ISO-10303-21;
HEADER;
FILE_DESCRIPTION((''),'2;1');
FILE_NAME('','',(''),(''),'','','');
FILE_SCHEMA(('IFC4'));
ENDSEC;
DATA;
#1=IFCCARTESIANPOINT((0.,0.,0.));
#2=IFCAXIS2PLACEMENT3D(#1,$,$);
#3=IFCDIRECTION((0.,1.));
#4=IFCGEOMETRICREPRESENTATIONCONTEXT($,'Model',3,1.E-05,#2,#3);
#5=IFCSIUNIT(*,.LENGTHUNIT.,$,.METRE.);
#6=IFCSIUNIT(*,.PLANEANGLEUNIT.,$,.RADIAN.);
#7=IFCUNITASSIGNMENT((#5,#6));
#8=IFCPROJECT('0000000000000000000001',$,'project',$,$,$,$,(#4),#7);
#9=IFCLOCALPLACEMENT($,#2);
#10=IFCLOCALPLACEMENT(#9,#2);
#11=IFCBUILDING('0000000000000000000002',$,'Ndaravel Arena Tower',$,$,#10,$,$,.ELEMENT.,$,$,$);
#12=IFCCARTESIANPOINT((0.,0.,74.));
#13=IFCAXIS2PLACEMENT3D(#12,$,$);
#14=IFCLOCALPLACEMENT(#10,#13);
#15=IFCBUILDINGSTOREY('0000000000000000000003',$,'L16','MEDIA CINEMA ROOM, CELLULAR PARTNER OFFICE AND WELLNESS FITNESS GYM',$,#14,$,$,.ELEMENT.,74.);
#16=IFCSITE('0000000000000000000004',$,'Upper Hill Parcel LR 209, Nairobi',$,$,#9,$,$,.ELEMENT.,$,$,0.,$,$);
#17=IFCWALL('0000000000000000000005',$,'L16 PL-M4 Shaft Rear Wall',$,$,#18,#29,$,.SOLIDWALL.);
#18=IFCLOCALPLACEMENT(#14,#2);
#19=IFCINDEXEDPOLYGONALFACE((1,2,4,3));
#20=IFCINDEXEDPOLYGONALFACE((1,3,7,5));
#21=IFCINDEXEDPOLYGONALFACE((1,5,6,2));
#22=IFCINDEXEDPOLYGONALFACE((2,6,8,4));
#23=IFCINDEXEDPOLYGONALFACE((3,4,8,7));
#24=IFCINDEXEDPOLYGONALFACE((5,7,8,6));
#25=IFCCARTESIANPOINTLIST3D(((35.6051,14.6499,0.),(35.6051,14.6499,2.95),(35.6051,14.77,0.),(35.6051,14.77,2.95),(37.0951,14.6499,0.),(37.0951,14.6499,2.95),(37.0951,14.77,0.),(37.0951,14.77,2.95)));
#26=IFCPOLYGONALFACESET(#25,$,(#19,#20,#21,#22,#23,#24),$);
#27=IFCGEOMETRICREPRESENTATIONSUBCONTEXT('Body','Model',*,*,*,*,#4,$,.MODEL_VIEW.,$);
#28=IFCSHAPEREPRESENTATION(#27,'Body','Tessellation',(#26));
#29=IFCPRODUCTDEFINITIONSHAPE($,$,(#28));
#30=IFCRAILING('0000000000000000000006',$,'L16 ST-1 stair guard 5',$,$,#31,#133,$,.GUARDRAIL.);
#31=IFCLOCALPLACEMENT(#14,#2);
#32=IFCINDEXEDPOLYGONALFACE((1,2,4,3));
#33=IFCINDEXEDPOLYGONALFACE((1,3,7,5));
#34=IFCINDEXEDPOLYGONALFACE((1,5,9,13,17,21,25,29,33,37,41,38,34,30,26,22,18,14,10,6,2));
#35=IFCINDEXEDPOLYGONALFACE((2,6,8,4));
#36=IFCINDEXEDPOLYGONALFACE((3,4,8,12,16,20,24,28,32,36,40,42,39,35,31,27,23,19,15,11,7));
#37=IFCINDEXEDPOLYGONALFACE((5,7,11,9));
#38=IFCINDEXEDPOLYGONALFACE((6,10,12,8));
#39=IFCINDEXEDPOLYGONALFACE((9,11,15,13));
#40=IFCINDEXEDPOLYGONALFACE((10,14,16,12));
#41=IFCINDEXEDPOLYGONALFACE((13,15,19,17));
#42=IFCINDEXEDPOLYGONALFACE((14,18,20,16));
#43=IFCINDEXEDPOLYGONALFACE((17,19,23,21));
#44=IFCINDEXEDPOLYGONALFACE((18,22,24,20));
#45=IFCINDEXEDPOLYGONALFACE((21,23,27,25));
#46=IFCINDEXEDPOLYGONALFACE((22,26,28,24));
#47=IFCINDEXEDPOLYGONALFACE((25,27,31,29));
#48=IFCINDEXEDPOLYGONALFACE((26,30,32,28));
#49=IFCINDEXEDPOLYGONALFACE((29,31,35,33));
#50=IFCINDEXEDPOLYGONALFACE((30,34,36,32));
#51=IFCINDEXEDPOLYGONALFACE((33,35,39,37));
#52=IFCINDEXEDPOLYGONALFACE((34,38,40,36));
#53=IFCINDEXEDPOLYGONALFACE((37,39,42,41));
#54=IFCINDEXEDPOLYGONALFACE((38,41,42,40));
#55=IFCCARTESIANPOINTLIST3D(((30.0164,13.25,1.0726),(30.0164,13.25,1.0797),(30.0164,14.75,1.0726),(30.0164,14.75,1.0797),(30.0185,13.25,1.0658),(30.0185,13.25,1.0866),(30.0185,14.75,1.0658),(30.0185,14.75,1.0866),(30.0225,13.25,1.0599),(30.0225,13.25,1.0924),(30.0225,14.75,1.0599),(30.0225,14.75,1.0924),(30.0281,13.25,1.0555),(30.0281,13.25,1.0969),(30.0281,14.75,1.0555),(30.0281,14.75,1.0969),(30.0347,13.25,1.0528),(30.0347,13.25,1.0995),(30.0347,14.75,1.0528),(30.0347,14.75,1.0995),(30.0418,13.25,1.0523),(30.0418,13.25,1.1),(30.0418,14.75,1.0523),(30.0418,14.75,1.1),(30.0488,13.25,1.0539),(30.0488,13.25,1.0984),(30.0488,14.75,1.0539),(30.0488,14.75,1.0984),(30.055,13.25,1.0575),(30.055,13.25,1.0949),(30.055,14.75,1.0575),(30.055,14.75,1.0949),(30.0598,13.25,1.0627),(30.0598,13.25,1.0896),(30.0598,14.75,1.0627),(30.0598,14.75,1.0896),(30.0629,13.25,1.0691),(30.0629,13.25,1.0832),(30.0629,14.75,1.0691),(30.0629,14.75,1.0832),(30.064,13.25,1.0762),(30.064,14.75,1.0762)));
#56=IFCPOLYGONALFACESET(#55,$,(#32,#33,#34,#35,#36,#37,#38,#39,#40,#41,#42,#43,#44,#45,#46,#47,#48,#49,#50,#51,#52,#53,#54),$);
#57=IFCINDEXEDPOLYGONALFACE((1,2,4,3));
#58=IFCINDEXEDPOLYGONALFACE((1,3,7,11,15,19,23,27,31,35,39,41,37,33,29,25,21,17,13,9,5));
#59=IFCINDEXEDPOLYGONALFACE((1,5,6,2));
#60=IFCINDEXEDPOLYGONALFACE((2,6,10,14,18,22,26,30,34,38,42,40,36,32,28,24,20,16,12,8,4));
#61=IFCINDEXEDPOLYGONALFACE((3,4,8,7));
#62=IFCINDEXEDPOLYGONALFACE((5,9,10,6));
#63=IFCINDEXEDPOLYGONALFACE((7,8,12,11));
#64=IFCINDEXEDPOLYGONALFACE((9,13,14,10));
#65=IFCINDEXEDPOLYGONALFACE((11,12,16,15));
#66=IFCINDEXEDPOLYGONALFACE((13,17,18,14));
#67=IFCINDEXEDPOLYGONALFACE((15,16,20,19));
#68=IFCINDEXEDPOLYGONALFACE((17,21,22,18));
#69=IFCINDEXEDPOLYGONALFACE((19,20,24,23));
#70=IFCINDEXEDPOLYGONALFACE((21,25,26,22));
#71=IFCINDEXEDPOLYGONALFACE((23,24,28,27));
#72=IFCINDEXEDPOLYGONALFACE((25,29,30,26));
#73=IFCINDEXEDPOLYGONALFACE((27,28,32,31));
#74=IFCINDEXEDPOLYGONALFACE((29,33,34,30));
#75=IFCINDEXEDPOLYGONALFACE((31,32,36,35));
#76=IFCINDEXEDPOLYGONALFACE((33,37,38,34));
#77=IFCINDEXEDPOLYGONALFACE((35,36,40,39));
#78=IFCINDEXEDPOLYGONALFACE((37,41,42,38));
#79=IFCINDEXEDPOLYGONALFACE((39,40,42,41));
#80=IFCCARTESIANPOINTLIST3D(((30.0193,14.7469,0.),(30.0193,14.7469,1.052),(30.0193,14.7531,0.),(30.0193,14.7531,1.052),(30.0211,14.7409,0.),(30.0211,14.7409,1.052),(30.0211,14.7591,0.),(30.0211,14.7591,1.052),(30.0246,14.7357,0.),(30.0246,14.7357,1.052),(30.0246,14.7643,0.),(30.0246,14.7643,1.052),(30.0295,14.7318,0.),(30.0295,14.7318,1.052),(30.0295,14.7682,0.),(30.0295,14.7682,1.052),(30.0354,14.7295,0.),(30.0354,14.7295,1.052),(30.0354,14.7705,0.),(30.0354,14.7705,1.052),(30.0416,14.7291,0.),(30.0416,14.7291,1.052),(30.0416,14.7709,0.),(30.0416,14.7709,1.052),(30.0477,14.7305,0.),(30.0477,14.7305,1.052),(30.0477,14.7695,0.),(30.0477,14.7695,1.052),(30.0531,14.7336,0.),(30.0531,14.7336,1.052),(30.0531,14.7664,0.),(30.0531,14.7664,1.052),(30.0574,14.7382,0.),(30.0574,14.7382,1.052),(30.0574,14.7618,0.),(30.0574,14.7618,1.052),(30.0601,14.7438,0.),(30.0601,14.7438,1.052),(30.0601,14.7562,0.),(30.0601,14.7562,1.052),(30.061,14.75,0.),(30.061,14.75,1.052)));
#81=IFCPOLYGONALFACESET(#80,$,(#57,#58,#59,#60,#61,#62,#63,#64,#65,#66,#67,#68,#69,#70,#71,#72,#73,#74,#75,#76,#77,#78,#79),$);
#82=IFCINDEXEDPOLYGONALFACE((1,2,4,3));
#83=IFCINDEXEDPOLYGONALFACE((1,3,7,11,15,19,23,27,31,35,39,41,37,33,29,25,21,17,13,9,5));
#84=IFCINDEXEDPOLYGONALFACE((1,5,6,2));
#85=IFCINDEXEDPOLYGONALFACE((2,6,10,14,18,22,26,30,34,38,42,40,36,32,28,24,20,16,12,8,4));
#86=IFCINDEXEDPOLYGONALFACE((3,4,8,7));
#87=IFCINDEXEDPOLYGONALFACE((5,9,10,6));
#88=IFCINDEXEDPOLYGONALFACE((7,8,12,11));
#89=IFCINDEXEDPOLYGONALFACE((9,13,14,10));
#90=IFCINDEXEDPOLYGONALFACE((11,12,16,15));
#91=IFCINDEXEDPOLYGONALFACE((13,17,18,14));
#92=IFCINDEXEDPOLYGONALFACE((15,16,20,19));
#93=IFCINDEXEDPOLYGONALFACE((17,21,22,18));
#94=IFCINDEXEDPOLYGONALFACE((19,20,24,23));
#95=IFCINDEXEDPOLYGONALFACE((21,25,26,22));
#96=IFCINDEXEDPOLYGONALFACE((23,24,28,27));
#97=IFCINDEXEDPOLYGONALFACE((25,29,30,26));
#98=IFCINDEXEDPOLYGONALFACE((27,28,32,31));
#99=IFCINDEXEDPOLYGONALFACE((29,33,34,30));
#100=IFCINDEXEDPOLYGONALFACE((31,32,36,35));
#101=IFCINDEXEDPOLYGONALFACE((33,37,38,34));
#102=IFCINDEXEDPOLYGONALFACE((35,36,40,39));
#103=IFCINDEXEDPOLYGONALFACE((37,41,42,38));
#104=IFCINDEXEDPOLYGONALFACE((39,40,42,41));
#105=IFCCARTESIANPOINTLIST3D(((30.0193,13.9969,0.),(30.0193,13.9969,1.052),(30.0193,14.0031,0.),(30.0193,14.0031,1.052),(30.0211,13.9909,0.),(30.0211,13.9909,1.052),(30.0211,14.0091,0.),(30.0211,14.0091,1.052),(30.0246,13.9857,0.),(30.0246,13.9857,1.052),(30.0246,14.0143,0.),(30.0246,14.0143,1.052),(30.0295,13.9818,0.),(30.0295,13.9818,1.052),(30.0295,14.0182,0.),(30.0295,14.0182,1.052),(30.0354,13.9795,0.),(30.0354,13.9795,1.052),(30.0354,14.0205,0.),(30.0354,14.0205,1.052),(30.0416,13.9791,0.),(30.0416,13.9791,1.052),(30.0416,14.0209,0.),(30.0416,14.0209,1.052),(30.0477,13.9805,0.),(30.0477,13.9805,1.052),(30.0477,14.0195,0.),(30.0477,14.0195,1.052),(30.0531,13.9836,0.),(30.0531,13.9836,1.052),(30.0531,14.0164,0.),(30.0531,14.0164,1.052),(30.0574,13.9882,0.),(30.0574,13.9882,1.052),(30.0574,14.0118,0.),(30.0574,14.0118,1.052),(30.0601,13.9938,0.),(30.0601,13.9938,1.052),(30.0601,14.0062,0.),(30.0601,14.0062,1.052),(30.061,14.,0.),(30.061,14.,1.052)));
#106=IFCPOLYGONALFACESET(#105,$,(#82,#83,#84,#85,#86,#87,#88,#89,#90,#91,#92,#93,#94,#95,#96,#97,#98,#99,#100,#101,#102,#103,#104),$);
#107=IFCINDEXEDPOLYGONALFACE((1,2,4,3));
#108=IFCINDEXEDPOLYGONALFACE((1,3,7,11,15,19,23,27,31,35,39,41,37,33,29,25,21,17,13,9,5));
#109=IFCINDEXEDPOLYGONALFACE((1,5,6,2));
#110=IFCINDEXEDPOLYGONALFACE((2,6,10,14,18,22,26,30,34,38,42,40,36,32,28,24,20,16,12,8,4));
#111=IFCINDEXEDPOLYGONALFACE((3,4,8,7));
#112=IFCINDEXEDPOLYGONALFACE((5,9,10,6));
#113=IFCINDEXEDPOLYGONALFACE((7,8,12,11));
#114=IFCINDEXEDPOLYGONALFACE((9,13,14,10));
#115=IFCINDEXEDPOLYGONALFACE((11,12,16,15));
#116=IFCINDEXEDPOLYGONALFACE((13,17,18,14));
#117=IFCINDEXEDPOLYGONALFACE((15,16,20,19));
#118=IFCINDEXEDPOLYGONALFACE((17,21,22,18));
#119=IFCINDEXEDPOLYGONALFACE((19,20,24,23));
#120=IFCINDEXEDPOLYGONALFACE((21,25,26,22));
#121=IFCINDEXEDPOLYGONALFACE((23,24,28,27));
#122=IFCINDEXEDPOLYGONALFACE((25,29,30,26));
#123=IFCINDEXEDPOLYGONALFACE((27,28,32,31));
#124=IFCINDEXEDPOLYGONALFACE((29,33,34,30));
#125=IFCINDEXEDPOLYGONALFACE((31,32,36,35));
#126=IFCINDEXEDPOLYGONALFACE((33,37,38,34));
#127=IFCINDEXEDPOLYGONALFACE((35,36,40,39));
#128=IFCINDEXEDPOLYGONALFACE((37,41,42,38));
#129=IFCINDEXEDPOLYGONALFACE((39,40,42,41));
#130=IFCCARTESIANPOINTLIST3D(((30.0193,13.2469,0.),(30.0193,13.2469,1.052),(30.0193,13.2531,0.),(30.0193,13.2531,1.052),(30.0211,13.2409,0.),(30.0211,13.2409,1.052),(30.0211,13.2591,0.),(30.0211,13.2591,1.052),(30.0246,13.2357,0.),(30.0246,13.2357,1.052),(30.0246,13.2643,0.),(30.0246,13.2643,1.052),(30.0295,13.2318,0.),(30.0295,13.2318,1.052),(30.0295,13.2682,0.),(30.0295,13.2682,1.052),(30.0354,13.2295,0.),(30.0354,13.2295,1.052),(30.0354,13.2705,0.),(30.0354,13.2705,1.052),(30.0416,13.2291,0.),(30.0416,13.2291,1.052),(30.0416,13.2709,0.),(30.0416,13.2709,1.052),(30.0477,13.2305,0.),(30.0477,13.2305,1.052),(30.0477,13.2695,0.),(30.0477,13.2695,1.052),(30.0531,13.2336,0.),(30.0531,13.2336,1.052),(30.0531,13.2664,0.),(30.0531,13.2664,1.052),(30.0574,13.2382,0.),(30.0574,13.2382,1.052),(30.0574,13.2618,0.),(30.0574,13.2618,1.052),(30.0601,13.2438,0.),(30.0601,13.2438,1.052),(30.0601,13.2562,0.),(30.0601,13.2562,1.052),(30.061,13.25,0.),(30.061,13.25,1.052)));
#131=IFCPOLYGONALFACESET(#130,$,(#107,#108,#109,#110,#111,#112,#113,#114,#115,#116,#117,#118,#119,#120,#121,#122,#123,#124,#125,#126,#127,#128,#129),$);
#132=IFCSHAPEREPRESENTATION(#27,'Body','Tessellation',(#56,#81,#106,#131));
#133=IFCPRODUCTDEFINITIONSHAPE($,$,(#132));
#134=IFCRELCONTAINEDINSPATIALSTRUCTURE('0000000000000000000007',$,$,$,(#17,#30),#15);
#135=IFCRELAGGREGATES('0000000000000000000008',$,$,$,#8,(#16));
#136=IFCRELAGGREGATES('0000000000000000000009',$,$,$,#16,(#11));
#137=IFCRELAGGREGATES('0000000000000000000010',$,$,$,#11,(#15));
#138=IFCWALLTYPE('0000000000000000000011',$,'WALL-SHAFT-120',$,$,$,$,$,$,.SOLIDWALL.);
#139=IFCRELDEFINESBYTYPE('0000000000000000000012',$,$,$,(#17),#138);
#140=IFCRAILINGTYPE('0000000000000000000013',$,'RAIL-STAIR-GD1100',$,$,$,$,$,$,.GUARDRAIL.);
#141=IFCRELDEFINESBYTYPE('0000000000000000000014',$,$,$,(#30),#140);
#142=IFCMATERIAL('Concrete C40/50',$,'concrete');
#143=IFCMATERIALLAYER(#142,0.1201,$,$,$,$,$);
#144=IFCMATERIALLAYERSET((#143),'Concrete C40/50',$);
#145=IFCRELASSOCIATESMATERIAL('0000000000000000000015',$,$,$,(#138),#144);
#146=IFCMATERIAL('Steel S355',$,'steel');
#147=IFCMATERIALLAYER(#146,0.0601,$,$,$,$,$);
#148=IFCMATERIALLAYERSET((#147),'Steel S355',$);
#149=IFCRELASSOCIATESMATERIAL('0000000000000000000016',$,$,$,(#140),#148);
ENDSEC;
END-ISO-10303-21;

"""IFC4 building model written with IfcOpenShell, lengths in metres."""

from ifc_helpers import new_model, si_unit, direction, frame, frame_2d, origin, origin_2d, place, context, subcontext, project, spatial, rectangle, circle, extrude, material, layer, layer_set, type_object, element, save


model = new_model("IFC4")

# Units and contexts
model_context = context("Model", 3, precision=1e-05, world=origin(), true_north=direction((0.0, 1.0)))
body_context = subcontext(model_context, "Body", "Model", "MODEL_VIEW")
ifc_project = project(units=[si_unit("LENGTHUNIT", "METRE"), si_unit("PLANEANGLEUNIT", "RADIAN")], contexts=[model_context])

# Site, building, storey
site_placement = place(None, origin())
site = spatial("IfcSite", under=ifc_project, at=site_placement, Name="Upper Hill Parcel LR 209, Nairobi", CompositionType="ELEMENT", RefElevation=0.0)
building_placement = place(site_placement, origin())
building = spatial("IfcBuilding", under=site, at=building_placement, Name="Ndaravel Arena Tower", CompositionType="ELEMENT")
storey_placement = place(building_placement, frame((0.0, 0.0, 74.0)))
storey = spatial("IfcBuildingStorey", under=building, at=storey_placement, Name="L16", Description="MEDIA CINEMA ROOM, CELLULAR PARTNER OFFICE AND WELLNESS FITNESS GYM", CompositionType="ELEMENT", Elevation=74.0)

# Wall
ifc_material_1 = material(Name="Concrete C40/50", Category="concrete")
ifc_layer_1 = layer(ifc_material_1, 0.1201)
ifc_layer_set_1 = layer_set([ifc_layer_1], Name="Concrete C40/50")
wall_type_1 = type_object("IfcWallType", Name="WALL-SHAFT-120", PredefinedType="SOLIDWALL", material=ifc_layer_set_1)
wall_1_placement = place(storey_placement, frame((35.605, 14.71, 0.0), z_axis=(0.0, 0.0, 1.0), x_axis=(1.0, 0.0, 0.0)))
element("IfcWall", 1, at=wall_1_placement, inside=storey, type_object=wall_type_1, Name="L16 PL-M4 Shaft Rear Wall", PredefinedType="SOLIDWALL", context=body_context, shape_type="SweptSolid", body=[
    extrude(rectangle(XDim=1.49, YDim=0.1201, at=frame_2d((0.7451, 0.0))), origin(), (0.0, 0.0, 1.0), 2.95),
])

# Railing
ifc_material_2 = material(Name="Steel S355", Category="steel")
ifc_layer_2 = layer(ifc_material_2, 0.0601)
ifc_layer_set_2 = layer_set([ifc_layer_2], Name="Steel S355")
railing_type = type_object("IfcRailingType", Name="RAIL-STAIR-GD1100", PredefinedType="GUARDRAIL", material=ifc_layer_set_2)
railing_placement = place(storey_placement, frame((30.04, 14.75, 0.0)))
element("IfcRailing", 2, at=railing_placement, inside=storey, type_object=railing_type, Name="L16 ST-1 stair guard 5", PredefinedType="GUARDRAIL", context=body_context, shape_type="SweptSolid", body=[
    extrude(circle(Radius=0.0239, at=origin_2d()), frame((0.0, 0.0, 1.0762), z_axis=(0.0, -1.0, 0.0), x_axis=(1.0, 0.0, 0.0)), (0.0, 0.0, 1.0), 1.5),
    extrude(circle(Radius=0.021, at=origin_2d()), origin(), (0.0, 0.0, 1.0), 1.052),
    extrude(circle(Radius=0.021, at=origin_2d()), frame((0.0, -0.75, 0.0)), (0.0, 0.0, 1.0), 1.052),
    extrude(circle(Radius=0.021, at=origin_2d()), frame((0.0, -1.5, 0.0)), (0.0, 0.0, 1.0), 1.052),
])

save(model, "model.ifc")
